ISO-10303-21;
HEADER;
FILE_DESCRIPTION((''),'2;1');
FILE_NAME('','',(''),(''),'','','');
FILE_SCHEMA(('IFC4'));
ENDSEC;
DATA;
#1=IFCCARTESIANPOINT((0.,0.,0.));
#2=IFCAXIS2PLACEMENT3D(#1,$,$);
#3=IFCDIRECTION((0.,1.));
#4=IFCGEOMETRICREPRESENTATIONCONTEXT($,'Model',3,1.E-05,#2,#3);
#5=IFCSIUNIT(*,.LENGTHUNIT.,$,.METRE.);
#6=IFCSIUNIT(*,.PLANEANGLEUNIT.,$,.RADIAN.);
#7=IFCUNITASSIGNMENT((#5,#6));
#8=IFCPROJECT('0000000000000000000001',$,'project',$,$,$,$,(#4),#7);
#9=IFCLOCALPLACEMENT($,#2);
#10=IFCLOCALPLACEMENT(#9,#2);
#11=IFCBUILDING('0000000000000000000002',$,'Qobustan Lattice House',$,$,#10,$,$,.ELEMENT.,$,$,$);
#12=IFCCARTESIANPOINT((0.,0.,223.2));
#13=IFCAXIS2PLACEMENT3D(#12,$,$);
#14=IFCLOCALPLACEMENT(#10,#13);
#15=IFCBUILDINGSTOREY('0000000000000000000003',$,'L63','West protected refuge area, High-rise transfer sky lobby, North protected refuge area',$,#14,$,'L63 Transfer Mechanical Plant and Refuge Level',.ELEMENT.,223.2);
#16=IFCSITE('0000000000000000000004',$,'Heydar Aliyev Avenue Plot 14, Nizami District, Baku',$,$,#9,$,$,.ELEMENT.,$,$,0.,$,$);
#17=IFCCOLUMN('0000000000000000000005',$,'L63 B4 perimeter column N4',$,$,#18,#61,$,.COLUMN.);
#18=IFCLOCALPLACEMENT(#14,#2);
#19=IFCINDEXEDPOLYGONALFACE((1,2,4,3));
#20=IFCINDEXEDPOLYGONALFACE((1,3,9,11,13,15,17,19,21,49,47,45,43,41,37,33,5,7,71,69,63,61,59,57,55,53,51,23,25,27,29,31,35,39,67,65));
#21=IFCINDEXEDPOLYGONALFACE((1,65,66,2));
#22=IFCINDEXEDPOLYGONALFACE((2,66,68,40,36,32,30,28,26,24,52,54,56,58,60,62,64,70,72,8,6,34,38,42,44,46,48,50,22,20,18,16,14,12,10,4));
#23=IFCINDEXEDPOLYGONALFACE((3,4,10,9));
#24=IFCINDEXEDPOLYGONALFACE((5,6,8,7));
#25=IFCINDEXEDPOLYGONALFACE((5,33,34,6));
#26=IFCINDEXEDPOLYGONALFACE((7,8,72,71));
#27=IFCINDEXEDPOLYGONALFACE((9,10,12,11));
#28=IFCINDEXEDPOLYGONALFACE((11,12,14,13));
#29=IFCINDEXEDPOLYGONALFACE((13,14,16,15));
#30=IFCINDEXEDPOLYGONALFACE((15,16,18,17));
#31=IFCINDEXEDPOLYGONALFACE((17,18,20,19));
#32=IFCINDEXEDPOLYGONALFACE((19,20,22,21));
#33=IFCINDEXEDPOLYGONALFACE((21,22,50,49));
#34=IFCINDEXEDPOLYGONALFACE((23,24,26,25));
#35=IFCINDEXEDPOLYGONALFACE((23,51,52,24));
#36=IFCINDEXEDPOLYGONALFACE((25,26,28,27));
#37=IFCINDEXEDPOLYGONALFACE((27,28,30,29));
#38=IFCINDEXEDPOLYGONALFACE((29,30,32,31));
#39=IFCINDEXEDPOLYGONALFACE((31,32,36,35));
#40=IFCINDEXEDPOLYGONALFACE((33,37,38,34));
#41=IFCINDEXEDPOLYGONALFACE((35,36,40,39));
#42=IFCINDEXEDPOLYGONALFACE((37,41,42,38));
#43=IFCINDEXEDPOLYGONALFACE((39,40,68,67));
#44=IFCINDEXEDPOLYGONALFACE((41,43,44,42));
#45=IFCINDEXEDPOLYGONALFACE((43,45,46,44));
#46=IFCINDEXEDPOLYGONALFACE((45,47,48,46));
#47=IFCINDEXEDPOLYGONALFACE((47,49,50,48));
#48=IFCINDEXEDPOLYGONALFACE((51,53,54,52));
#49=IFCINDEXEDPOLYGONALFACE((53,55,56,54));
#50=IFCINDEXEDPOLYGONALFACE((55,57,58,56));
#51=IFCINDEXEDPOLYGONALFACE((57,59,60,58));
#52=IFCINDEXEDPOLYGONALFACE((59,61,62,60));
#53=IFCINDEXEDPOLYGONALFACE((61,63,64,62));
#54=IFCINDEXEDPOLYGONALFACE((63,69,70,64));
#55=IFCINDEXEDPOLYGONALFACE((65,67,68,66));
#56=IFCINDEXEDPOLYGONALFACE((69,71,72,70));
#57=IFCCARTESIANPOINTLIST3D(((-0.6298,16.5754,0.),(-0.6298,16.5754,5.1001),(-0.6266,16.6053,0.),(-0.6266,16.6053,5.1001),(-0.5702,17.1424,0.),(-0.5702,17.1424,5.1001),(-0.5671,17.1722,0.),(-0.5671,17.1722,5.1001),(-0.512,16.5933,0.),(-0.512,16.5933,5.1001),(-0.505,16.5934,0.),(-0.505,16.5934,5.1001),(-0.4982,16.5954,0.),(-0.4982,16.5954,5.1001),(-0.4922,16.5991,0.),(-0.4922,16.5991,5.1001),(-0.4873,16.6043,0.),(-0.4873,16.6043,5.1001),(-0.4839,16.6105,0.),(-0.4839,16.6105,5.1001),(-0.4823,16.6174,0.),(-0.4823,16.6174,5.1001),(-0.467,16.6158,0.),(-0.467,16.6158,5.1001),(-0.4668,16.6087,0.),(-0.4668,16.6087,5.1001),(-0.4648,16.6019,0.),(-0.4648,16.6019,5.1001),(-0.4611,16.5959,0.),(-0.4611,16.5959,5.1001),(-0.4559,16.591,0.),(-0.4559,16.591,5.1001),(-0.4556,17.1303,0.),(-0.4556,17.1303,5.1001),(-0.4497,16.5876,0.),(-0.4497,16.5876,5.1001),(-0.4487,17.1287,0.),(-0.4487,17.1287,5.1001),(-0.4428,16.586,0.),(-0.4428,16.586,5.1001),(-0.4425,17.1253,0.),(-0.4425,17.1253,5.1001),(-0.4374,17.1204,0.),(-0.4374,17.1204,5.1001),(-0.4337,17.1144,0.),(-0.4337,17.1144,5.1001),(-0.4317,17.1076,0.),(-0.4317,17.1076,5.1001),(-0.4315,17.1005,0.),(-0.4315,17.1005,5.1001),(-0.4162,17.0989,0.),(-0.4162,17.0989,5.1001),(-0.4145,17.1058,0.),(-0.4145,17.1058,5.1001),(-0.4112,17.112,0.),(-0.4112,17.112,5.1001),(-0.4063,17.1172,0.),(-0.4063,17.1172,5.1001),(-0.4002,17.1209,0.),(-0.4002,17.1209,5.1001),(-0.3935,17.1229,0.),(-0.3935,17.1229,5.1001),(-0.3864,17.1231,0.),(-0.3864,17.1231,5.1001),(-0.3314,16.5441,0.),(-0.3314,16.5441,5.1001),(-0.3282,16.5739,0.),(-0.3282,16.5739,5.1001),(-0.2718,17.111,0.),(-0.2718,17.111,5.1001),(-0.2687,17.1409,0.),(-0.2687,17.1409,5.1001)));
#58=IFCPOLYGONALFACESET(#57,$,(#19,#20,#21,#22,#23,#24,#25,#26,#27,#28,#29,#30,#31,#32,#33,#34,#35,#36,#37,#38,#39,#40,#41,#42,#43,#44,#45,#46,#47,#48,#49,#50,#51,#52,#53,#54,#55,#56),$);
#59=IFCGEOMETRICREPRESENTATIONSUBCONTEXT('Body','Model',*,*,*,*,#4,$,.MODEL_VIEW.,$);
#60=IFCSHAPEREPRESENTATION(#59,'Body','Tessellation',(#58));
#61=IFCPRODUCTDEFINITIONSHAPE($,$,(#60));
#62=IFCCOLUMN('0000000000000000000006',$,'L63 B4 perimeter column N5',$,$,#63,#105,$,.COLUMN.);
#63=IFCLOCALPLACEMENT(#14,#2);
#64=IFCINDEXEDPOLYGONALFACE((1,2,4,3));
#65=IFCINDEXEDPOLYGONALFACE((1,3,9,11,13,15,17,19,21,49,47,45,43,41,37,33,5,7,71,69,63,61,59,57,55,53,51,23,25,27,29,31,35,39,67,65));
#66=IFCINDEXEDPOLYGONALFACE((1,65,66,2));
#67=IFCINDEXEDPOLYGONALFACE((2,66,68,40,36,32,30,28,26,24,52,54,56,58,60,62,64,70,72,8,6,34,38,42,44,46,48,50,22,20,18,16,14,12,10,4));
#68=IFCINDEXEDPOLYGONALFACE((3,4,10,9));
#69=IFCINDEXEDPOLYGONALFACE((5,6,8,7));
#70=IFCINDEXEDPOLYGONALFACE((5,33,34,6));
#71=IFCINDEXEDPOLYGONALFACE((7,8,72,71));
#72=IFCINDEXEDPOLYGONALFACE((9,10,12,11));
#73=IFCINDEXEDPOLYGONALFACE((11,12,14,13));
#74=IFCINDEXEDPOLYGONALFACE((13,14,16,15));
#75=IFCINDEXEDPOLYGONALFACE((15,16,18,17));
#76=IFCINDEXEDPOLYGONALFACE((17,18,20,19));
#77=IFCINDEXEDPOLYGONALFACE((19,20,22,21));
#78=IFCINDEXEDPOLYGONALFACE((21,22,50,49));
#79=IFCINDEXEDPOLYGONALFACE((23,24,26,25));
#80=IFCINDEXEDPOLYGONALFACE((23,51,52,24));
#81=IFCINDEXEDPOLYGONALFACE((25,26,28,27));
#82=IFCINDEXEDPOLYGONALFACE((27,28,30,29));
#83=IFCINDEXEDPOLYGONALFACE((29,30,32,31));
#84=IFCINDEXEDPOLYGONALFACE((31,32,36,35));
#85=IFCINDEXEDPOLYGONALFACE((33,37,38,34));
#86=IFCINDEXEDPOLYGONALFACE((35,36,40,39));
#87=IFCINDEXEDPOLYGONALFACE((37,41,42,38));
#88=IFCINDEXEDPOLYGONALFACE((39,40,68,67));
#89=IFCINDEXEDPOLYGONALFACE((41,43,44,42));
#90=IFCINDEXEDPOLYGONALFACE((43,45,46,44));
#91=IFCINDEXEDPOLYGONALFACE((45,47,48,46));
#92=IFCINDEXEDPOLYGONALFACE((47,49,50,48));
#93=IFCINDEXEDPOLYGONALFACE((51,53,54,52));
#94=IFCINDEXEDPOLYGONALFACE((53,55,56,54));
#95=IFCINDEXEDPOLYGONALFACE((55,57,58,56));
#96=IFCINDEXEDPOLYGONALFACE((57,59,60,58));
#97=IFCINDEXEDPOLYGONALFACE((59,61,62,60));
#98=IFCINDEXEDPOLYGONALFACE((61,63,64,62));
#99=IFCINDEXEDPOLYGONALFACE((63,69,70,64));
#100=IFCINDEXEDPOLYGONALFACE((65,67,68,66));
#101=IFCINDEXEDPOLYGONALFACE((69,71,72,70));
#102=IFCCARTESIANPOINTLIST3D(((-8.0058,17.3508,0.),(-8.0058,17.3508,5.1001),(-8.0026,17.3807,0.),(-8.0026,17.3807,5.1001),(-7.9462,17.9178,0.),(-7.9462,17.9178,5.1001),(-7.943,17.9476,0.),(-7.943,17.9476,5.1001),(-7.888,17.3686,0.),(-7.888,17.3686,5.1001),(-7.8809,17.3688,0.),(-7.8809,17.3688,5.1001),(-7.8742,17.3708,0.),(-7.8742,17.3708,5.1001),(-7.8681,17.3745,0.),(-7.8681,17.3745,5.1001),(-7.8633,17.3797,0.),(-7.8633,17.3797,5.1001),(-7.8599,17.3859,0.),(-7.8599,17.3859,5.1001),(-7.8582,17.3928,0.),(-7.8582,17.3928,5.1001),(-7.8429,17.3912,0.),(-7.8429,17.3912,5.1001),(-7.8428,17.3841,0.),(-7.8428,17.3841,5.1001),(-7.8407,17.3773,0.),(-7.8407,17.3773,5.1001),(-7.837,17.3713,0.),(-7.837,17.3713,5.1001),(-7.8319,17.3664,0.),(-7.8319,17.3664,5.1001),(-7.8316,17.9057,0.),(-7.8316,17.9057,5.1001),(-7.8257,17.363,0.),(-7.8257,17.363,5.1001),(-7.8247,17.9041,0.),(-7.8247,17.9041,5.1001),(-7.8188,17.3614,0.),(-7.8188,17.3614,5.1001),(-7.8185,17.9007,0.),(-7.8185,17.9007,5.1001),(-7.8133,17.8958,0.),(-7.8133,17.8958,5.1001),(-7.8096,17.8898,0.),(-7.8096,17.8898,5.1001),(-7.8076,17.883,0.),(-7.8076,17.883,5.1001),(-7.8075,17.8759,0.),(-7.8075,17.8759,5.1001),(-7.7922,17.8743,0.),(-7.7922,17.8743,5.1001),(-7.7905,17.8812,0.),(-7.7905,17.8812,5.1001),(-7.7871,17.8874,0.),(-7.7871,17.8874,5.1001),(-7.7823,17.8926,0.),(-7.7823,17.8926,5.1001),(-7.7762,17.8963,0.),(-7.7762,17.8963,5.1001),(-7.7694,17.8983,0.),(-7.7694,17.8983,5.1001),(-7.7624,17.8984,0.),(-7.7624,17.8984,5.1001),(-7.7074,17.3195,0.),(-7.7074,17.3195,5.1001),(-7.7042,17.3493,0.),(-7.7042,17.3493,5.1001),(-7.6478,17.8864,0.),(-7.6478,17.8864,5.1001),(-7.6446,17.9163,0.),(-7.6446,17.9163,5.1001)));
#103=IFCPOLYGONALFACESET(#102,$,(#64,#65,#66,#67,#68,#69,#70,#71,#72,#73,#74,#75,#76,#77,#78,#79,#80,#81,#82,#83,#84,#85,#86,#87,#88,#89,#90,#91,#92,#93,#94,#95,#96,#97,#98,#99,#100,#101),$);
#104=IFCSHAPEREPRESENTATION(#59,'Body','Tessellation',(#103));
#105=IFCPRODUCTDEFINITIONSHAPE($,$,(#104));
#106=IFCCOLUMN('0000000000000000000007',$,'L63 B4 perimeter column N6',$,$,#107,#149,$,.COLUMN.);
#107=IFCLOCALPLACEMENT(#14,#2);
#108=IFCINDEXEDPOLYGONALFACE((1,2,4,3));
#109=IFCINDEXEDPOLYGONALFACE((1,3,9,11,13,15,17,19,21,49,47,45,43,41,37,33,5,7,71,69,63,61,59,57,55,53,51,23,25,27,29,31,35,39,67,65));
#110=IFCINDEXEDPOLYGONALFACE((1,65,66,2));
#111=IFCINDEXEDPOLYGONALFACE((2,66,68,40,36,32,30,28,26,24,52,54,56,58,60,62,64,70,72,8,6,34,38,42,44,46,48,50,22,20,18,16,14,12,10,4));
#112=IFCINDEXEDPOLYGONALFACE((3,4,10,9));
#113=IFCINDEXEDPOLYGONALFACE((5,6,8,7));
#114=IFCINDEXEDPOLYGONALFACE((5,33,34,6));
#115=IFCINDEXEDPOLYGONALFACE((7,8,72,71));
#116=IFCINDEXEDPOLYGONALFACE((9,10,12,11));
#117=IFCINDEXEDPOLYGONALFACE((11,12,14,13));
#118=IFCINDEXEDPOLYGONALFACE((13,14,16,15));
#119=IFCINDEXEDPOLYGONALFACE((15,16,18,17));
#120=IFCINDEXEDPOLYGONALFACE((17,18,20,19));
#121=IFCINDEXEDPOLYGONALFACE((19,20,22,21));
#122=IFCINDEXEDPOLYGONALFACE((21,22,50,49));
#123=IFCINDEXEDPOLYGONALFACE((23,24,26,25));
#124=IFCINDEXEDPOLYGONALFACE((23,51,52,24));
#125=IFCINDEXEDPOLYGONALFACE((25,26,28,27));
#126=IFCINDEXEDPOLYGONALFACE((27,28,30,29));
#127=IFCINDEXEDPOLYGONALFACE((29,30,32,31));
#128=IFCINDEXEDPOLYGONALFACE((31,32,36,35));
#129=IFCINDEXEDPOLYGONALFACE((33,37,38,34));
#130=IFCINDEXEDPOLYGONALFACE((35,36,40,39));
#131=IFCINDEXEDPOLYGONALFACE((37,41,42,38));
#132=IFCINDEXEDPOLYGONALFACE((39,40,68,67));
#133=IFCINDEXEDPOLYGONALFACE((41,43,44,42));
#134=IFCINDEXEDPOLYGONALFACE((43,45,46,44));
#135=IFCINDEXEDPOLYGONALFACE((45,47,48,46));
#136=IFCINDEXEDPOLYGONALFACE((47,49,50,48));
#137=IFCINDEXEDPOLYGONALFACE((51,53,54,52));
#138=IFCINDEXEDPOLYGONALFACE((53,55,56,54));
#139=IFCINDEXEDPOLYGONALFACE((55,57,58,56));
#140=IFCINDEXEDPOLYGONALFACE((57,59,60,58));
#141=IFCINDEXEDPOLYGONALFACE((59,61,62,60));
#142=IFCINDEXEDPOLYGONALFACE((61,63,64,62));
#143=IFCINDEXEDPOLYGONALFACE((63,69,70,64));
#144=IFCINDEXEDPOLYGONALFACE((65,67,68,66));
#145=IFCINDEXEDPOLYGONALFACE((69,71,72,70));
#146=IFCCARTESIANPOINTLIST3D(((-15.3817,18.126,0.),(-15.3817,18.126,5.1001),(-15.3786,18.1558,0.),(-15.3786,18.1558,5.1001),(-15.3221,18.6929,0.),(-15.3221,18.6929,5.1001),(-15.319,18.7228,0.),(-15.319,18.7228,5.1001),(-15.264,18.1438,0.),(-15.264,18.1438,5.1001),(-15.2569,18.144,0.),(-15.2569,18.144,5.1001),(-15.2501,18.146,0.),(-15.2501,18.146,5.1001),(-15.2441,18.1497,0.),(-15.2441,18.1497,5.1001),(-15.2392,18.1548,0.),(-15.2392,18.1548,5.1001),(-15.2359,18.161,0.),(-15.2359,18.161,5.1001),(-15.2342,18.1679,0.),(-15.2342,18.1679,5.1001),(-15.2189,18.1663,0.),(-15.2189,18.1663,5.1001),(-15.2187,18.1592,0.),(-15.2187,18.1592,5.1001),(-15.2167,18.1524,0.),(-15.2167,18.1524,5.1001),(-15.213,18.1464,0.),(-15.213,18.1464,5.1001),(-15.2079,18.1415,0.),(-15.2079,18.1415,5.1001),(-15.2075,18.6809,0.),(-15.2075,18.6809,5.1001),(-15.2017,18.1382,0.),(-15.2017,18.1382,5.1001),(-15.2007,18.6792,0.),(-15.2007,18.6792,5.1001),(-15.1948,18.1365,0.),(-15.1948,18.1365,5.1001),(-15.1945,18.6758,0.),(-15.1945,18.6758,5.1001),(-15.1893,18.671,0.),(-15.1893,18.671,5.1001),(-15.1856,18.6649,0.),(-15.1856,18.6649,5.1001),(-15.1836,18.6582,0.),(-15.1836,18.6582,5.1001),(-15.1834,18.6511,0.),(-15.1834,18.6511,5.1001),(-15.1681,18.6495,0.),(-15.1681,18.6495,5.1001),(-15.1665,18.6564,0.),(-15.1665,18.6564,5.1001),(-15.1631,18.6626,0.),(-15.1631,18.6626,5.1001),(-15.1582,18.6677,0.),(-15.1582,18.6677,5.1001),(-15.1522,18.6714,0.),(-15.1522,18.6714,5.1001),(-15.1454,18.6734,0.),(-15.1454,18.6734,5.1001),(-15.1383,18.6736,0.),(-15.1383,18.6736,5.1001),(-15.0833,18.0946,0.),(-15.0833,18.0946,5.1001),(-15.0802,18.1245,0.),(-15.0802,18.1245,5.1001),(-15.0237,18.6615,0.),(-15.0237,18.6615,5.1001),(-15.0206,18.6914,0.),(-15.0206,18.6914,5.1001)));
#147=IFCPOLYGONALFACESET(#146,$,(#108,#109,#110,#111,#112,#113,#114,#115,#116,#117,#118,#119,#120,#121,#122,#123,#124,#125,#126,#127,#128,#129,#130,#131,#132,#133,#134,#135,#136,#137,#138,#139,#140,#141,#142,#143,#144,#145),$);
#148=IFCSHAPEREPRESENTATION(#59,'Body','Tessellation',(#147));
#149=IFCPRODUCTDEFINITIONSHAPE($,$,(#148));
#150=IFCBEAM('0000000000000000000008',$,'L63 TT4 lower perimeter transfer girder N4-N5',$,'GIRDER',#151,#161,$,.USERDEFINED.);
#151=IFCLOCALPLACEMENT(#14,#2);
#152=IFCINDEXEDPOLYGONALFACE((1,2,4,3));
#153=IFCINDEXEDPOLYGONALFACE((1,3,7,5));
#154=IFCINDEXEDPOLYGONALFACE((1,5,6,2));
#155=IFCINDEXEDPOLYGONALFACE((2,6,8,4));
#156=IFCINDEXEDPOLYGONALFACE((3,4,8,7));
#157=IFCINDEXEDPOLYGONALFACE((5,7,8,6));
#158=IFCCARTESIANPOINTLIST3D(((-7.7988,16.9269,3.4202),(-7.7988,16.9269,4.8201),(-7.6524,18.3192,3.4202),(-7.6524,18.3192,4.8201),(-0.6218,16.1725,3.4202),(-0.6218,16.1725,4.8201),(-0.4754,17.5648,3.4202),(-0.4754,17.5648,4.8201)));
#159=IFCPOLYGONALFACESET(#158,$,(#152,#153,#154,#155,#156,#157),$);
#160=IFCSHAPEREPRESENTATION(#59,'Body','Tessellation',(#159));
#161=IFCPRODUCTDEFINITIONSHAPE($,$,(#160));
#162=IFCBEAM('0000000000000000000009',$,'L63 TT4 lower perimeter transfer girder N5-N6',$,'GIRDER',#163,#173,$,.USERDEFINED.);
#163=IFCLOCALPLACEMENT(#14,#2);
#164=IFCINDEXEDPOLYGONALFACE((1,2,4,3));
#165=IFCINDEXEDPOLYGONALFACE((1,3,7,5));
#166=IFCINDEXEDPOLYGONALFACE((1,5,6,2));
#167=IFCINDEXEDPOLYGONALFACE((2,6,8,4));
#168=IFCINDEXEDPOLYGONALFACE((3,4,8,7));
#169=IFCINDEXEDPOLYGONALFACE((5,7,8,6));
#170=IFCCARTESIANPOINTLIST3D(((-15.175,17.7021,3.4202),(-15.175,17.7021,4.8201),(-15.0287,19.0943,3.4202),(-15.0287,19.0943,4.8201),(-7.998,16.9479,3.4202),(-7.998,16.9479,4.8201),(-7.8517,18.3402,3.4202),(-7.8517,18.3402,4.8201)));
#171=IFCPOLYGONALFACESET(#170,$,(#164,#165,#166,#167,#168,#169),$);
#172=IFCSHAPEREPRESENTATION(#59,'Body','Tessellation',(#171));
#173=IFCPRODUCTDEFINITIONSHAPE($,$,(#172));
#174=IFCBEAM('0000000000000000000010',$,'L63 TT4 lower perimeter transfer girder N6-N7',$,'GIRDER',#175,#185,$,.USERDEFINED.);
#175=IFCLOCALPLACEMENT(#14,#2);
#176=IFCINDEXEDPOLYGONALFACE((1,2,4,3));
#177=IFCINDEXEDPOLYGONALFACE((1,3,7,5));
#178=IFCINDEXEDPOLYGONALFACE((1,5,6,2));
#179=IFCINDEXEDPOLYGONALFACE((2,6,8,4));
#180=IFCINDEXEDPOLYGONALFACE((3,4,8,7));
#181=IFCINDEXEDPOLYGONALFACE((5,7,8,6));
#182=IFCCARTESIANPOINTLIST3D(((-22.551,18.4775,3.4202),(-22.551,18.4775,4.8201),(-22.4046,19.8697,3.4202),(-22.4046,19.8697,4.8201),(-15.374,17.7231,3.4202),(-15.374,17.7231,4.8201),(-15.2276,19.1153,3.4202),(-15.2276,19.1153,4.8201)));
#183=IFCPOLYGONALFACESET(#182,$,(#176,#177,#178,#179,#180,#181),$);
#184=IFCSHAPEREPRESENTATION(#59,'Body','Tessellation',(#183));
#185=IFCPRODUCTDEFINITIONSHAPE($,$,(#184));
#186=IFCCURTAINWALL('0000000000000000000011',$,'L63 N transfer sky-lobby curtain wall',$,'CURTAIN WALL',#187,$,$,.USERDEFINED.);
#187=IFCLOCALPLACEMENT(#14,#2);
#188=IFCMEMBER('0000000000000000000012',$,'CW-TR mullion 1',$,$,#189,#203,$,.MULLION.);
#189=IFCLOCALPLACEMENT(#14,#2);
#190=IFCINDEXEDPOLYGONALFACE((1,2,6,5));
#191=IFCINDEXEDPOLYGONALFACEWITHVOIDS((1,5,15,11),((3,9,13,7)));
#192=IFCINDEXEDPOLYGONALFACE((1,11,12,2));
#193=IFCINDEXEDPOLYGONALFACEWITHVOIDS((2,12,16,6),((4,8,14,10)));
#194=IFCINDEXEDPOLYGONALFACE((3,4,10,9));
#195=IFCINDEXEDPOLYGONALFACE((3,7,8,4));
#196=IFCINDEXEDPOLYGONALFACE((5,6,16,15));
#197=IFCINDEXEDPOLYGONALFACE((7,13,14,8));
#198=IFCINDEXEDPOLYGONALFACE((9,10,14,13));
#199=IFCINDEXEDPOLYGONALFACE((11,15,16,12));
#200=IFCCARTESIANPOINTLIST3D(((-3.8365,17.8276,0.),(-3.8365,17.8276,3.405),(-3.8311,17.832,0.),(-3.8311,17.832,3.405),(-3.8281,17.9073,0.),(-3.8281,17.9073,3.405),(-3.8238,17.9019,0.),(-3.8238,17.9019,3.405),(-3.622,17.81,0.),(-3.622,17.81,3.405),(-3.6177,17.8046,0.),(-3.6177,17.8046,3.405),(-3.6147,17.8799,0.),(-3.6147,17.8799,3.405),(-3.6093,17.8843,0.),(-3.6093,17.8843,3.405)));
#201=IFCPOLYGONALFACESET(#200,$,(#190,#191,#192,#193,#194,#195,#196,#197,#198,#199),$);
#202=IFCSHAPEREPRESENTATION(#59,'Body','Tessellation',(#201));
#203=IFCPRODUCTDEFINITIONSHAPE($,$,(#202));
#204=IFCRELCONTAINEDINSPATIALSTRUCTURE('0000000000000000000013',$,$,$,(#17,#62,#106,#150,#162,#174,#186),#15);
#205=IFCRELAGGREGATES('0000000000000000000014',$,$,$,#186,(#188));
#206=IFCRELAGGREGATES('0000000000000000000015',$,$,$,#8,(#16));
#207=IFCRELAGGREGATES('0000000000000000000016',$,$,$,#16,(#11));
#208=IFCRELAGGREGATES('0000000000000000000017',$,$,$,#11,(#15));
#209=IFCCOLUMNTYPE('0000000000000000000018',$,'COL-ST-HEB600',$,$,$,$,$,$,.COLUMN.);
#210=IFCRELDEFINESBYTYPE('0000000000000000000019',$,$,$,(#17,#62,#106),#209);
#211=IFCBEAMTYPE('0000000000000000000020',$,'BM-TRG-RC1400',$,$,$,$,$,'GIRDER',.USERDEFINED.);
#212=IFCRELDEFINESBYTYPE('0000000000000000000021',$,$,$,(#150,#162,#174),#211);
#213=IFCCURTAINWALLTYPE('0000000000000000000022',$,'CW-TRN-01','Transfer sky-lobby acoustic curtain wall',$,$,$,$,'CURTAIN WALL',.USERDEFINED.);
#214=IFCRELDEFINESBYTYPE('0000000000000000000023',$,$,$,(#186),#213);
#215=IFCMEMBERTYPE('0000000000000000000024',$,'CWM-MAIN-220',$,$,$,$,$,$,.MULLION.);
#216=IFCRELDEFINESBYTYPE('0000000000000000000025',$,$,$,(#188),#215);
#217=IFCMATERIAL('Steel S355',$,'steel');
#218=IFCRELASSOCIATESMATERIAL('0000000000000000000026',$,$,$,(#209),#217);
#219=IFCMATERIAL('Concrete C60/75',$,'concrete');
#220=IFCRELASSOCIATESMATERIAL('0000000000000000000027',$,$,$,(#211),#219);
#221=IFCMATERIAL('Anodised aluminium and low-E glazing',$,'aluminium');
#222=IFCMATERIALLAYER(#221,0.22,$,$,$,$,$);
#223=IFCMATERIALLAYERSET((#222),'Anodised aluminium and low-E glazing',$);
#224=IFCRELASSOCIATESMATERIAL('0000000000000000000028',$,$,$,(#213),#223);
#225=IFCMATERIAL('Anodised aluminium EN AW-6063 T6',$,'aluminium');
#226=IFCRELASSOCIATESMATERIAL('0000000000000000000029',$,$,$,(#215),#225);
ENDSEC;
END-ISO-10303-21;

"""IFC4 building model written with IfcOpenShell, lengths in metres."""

from ifc_helpers import new_model, si_unit, direction, frame, origin, origin_2d, place, context, subcontext, project, spatial, rectangle, hollow_rectangle, i_section, extrude, material, layer, layer_set, material_profile, profile_set, type_object, element, aggregate, save


model = new_model("IFC4")

# Units and contexts
model_context = context("Model", 3, precision=1e-05, world=origin(), true_north=direction((0.0, 1.0)))
body_context = subcontext(model_context, "Body", "Model", "MODEL_VIEW")
ifc_project = project(units=[si_unit("LENGTHUNIT", "METRE"), si_unit("PLANEANGLEUNIT", "RADIAN")], contexts=[model_context])

# Site, building, storey
site_placement = place(None, origin())
site = spatial("IfcSite", under=ifc_project, at=site_placement, Name="Heydar Aliyev Avenue Plot 14, Nizami District, Baku", CompositionType="ELEMENT", RefElevation=0.0)
building_placement = place(site_placement, origin())
building = spatial("IfcBuilding", under=site, at=building_placement, Name="Qobustan Lattice House", CompositionType="ELEMENT")
storey_placement = place(building_placement, frame((0.0, 0.0, 223.2)))
storey = spatial("IfcBuildingStorey", under=building, at=storey_placement, Name="L63", Description="West protected refuge area, High-rise transfer sky lobby, North protected refuge area", LongName="L63 Transfer Mechanical Plant and Refuge Level", CompositionType="ELEMENT", Elevation=223.2)

# Columns
ifc_material_1 = material(Name="Steel S355", Category="steel")
ifc_material_profile_1 = material_profile(ifc_material_1, i_section(OverallWidth=0.3, OverallDepth=0.6001, WebThickness=0.0154, FlangeThickness=0.03, FilletRadius=0.0271, at=origin_2d()), Name="HEB600")
ifc_profile_set_1 = profile_set([ifc_material_profile_1], Name="Steel S355")
column_type = type_object("IfcColumnType", Name="COL-ST-HEB600", PredefinedType="COLUMN", material=ifc_profile_set_1)
for number, where, z_axis, x_axis, name in (
    (1, (-0.4492, 16.8582, 0.0), (0.0, 0.0, 1.0), (0.994522, -0.104528, 0.0), "L63 B4 perimeter column N4"),
    (2, (-7.8252, 17.6335, 0.0), (0.0, 0.0, 1.0), (0.994522, -0.104528, 0.0), "L63 B4 perimeter column N5"),
    (3, (-15.2012, 18.4087, 0.0), (0.0, 0.0, 1.0), (0.994522, -0.104528, 0.0), "L63 B4 perimeter column N6"),
):
    element("IfcColumn", number, at=place(storey_placement, frame(where, z_axis=z_axis, x_axis=x_axis)), inside=storey, type_object=column_type, Name=name, PredefinedType="COLUMN", context=body_context, shape_type="SweptSolid", body=[
        extrude(i_section(OverallWidth=0.3, OverallDepth=0.6001, WebThickness=0.0154, FlangeThickness=0.03, FilletRadius=0.0271, at=origin_2d()), origin(), (0.0, 0.0, 1.0), 5.1001),
    ])

# Beams
ifc_material_2 = material(Name="Concrete C60/75", Category="concrete")
ifc_material_profile_2 = material_profile(ifc_material_2, rectangle(XDim=1.3999, YDim=1.3999, at=origin_2d()), Name="RC1400x1400")
ifc_profile_set_2 = profile_set([ifc_material_profile_2], Name="Concrete C60/75")
beam_type = type_object("IfcBeamType", Name="BM-TRG-RC1400", ElementType="GIRDER", PredefinedType="USERDEFINED", material=ifc_profile_set_2)
for number, where, z_axis, x_axis, name in (
    (4, (-0.5486, 16.8687, 4.1201), (-0.994521, 0.104537, 0.0), (-0.104537, -0.994521, 0.0), "L63 TT4 lower perimeter transfer girder N4-N5"),
    (5, (-7.9248, 17.644, 4.1201), (-0.994525, 0.104503, 0.0), (-0.104503, -0.994525, 0.0), "L63 TT4 lower perimeter transfer girder N5-N6"),
    (6, (-15.3008, 18.4192, 4.1201), (-0.994521, 0.104537, 0.0), (-0.104537, -0.994521, 0.0), "L63 TT4 lower perimeter transfer girder N6-N7"),
):
    element("IfcBeam", number, at=place(storey_placement, frame(where, z_axis=z_axis, x_axis=x_axis)), inside=storey, type_object=beam_type, Name=name, ObjectType="GIRDER", PredefinedType="USERDEFINED", context=body_context, shape_type="SweptSolid", body=[
        extrude(rectangle(XDim=1.3999, YDim=1.3999, at=origin_2d()), origin(), (0.0, 0.0, 1.0), 7.2166),
    ])

# Curtain wall, member
ifc_material_3 = material(Name="Anodised aluminium and low-E glazing", Category="aluminium")
ifc_layer_1 = layer(ifc_material_3, 0.22)
ifc_layer_set_1 = layer_set([ifc_layer_1], Name="Anodised aluminium and low-E glazing")
curtain_wall_type = type_object("IfcCurtainWallType", Name="CW-TRN-01", Description="Transfer sky-lobby acoustic curtain wall", ElementType="CURTAIN WALL", PredefinedType="USERDEFINED", material=ifc_layer_set_1)
curtain_wall_placement = place(storey_placement, origin())
curtain_wall = element("IfcCurtainWall", 7, at=curtain_wall_placement, inside=storey, type_object=curtain_wall_type, Name="L63 N transfer sky-lobby curtain wall", ObjectType="CURTAIN WALL", PredefinedType="USERDEFINED")
ifc_material_4 = material(Name="Anodised aluminium EN AW-6063 T6", Category="aluminium")
ifc_material_profile_3 = material_profile(ifc_material_4, hollow_rectangle(XDim=0.0801, YDim=0.22, WallThickness=0.0049, at=origin_2d()), Name="CWM-220x80")
ifc_profile_set_3 = profile_set([ifc_material_profile_3], Name="Anodised aluminium EN AW-6063 T6")
member_type_1 = type_object("IfcMemberType", Name="CWM-MAIN-220", PredefinedType="MULLION", material=ifc_profile_set_3)
member_1_placement = place(storey_placement, frame((-3.7229, 17.856, 0.0), z_axis=(0.0, 0.0, 1.0), x_axis=(0.104529, 0.994522, 0.0)))
member_1 = element("IfcMember", 8, at=member_1_placement, type_object=member_type_1, Name="CW-TR mullion 1", PredefinedType="MULLION", context=body_context, shape_type="SweptSolid", body=[
    extrude(hollow_rectangle(XDim=0.0801, YDim=0.22, WallThickness=0.0049, at=origin_2d()), origin(), (0.0, 0.0, 1.0), 3.405),
])

aggregate(curtain_wall, [member_1])

save(model, "model.ifc")
